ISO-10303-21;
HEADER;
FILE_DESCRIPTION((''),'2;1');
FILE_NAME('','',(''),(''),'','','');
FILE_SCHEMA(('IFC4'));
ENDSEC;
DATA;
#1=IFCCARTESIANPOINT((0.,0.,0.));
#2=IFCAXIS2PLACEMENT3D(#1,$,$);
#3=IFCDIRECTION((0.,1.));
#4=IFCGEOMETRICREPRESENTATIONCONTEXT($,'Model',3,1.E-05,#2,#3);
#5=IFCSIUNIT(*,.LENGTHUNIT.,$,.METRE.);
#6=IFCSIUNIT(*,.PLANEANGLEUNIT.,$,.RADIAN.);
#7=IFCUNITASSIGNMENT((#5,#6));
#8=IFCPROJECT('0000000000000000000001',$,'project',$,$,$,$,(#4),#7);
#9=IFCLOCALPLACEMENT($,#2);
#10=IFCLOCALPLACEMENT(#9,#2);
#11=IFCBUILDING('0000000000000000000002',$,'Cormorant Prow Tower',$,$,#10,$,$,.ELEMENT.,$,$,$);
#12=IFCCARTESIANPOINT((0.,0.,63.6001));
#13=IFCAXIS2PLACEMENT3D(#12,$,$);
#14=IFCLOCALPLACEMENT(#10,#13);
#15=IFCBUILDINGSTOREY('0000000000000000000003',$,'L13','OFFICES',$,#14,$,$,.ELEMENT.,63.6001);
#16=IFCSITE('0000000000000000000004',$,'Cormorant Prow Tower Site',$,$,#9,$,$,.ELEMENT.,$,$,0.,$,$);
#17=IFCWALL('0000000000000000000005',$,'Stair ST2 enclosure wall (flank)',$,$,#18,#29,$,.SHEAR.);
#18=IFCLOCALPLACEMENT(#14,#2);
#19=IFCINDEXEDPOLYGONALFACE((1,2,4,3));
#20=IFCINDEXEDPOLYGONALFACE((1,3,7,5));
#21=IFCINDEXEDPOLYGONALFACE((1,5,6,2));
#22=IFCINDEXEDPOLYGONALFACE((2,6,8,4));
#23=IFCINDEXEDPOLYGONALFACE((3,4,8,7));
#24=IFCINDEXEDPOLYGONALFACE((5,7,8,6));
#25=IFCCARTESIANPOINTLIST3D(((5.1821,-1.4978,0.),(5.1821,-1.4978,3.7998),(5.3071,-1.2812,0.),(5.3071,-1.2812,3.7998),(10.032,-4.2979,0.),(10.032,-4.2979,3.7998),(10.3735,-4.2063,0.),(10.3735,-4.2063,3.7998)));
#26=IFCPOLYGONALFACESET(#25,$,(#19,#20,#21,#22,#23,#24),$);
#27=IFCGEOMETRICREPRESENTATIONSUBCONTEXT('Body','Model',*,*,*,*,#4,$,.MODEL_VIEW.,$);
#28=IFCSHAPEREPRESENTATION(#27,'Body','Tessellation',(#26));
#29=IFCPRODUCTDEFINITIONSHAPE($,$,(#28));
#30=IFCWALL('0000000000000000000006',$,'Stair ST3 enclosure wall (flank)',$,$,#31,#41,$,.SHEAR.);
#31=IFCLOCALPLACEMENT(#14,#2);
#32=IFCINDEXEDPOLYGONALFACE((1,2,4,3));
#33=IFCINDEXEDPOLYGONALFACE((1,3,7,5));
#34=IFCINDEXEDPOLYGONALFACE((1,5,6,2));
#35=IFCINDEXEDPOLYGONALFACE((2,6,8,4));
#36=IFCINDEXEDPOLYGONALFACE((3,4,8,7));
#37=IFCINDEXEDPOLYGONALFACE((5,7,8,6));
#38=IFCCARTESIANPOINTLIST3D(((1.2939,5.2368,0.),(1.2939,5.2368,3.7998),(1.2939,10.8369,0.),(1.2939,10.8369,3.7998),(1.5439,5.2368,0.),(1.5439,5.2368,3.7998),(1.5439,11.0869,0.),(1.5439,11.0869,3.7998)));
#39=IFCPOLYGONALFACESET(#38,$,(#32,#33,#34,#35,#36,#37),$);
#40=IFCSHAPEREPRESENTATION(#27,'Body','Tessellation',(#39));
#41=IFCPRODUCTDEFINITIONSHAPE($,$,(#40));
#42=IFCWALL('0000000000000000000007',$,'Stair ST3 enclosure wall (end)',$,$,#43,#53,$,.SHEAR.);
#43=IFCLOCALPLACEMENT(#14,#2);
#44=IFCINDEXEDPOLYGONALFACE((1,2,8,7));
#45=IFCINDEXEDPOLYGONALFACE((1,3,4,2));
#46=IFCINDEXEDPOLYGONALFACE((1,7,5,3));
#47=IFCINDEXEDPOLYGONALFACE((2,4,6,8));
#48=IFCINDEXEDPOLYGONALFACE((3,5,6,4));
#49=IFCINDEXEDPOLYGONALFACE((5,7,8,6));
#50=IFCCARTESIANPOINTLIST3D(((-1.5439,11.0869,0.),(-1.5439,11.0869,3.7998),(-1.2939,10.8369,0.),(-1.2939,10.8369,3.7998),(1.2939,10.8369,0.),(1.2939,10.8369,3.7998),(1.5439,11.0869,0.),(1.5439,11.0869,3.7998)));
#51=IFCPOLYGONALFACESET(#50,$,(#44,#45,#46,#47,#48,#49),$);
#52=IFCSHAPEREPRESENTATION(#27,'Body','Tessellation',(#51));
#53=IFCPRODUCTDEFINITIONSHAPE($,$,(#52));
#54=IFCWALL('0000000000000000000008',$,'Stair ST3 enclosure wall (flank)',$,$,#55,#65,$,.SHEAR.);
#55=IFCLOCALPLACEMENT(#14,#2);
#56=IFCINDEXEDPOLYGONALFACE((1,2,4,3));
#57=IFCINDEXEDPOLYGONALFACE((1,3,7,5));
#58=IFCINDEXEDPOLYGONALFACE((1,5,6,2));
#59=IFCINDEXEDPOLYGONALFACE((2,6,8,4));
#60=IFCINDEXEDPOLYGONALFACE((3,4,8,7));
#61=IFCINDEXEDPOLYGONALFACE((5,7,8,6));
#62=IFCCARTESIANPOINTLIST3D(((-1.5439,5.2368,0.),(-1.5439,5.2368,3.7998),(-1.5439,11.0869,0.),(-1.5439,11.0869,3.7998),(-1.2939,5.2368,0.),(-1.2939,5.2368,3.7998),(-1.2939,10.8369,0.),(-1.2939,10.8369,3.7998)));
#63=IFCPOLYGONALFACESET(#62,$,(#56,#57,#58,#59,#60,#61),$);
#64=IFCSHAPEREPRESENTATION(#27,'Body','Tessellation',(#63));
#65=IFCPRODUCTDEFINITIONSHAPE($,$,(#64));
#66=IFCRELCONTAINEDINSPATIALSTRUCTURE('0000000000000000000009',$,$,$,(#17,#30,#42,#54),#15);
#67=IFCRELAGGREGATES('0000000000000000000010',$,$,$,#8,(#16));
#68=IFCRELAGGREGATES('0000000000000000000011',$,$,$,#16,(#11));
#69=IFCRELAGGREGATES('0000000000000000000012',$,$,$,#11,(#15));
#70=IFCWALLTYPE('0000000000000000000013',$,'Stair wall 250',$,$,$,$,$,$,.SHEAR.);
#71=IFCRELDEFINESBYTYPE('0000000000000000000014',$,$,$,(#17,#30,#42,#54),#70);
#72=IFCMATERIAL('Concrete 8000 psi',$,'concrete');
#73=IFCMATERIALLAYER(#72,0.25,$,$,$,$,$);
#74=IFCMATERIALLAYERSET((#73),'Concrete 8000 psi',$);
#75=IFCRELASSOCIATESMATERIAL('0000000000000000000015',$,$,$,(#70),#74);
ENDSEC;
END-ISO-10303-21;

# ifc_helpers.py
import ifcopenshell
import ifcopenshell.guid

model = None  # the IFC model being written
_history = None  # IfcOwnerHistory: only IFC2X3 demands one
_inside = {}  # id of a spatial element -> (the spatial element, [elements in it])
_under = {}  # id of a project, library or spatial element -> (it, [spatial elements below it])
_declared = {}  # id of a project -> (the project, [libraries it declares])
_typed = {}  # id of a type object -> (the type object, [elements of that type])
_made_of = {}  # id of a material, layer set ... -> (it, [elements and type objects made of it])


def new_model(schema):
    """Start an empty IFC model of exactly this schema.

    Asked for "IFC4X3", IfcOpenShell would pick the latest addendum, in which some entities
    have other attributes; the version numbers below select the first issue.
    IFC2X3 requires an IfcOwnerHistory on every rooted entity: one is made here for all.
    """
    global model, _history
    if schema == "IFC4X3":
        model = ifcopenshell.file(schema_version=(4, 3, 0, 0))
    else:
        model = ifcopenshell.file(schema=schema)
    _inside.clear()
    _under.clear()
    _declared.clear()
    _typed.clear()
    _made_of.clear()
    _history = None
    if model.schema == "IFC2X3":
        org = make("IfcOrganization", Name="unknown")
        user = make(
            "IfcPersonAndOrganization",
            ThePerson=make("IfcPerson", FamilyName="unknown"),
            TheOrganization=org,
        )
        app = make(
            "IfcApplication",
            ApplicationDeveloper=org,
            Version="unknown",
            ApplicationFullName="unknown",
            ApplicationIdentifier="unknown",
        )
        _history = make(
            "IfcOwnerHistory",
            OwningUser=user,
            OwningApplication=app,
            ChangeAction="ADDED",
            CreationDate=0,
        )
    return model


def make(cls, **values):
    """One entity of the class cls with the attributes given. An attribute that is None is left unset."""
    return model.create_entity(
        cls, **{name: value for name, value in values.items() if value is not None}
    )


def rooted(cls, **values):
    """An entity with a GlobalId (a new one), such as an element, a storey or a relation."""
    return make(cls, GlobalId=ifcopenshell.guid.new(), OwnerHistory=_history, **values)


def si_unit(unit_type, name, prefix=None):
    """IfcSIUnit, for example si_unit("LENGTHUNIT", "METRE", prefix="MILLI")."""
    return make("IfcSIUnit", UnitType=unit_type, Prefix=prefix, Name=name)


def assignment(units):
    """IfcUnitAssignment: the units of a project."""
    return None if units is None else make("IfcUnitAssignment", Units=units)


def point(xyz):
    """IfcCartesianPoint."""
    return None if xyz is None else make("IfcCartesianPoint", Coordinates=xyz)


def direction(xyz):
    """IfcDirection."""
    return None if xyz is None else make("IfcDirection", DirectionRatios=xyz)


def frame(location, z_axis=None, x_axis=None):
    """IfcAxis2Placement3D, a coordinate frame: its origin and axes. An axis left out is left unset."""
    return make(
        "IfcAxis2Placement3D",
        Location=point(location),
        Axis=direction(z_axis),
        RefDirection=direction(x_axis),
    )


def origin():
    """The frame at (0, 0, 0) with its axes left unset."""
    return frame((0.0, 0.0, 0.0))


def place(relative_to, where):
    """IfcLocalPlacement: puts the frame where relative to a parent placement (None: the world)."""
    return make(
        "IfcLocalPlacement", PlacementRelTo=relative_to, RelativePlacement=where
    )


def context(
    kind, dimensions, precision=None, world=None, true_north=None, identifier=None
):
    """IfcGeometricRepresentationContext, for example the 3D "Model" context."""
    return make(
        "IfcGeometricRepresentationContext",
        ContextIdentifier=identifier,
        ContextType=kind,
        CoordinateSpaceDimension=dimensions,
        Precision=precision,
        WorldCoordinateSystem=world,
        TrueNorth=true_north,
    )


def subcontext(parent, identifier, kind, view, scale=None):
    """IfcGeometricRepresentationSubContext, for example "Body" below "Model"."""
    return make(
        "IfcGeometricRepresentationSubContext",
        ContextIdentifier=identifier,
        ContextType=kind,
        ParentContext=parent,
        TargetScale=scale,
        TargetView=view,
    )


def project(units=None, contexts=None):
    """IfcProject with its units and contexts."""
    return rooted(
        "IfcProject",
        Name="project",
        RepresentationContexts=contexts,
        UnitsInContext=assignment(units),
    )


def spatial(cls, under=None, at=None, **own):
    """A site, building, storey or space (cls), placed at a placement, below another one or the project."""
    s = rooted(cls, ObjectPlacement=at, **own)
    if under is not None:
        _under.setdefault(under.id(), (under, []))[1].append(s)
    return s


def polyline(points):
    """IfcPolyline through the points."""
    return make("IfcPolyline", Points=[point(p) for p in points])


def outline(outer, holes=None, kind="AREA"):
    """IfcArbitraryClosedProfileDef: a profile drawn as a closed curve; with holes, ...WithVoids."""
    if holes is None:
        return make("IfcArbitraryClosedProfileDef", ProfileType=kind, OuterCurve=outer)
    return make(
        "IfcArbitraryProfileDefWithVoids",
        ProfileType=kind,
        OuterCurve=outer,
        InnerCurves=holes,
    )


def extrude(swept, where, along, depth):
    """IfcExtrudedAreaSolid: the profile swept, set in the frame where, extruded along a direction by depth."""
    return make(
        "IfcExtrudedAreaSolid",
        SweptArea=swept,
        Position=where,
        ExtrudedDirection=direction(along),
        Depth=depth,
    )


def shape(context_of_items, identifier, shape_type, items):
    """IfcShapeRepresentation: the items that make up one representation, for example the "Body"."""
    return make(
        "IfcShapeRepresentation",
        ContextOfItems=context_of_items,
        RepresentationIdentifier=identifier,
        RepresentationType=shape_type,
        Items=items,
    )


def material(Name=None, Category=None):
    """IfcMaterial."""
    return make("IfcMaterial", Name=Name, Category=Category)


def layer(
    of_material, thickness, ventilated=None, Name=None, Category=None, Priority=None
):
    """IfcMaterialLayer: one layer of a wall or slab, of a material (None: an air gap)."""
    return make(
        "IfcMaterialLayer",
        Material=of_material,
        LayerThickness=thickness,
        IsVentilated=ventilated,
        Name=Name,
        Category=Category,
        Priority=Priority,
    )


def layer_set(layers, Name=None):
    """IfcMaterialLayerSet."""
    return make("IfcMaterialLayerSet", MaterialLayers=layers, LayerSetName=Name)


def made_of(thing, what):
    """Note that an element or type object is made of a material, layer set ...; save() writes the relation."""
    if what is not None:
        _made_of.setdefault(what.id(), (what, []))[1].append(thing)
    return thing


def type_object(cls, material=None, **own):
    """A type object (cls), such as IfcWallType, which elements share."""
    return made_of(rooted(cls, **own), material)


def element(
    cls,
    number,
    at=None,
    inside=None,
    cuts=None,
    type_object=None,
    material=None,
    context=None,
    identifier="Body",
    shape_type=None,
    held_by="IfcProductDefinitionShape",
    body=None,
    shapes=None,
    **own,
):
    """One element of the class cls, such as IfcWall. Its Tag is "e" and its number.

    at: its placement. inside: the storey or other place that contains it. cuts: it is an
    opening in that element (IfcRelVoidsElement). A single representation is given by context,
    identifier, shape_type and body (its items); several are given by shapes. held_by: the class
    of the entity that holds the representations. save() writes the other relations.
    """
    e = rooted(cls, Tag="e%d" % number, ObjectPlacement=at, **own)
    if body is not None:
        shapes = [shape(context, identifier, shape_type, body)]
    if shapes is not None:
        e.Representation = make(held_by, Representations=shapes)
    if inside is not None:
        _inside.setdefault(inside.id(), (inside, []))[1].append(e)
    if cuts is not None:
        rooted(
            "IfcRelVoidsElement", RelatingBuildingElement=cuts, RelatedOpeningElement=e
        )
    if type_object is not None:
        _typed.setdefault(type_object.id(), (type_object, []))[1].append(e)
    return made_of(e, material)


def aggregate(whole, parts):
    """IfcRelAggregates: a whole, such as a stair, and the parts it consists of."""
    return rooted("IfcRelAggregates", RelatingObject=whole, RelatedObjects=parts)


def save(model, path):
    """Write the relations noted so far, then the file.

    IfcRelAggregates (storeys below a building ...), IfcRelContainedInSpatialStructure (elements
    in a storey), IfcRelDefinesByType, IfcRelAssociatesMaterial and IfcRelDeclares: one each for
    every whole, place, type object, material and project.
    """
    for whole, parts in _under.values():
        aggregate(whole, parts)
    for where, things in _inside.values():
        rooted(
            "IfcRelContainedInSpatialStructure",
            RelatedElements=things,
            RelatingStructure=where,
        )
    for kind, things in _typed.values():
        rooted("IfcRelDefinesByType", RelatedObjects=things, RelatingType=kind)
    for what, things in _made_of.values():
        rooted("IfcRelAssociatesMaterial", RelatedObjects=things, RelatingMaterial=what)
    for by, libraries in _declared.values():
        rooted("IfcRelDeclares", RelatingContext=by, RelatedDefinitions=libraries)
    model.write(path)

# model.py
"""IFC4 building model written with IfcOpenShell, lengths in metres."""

from ifc_helpers import new_model, si_unit, direction, frame, origin, place, context, subcontext, project, spatial, polyline, outline, extrude, material, layer, layer_set, type_object, element, save


model = new_model("IFC4")

# Units and contexts
model_context = context("Model", 3, precision=1e-05, world=origin(), true_north=direction((0.0, 1.0)))
body_context = subcontext(model_context, "Body", "Model", "MODEL_VIEW")
ifc_project = project(units=[si_unit("LENGTHUNIT", "METRE"), si_unit("PLANEANGLEUNIT", "RADIAN")], contexts=[model_context])

# Site, building, storey
site_placement = place(None, origin())
site = spatial("IfcSite", under=ifc_project, at=site_placement, Name="Cormorant Prow Tower Site", CompositionType="ELEMENT", RefElevation=0.0)
building_placement = place(site_placement, origin())
building = spatial("IfcBuilding", under=site, at=building_placement, Name="Cormorant Prow Tower", CompositionType="ELEMENT")
storey_placement = place(building_placement, frame((0.0, 0.0, 63.6001)))
storey = spatial("IfcBuildingStorey", under=building, at=storey_placement, Name="L13", Description="OFFICES", CompositionType="ELEMENT", Elevation=63.6001)

# Walls
ifc_material_1 = material(Name="Concrete 8000 psi", Category="concrete")
ifc_layer_1 = layer(ifc_material_1, 0.25)
ifc_layer_set_1 = layer_set([ifc_layer_1], Name="Concrete 8000 psi")
wall_type_1 = type_object("IfcWallType", Name="Stair wall 250", PredefinedType="SHEAR", material=ifc_layer_set_1)
wall_1_placement = place(storey_placement, origin())
element("IfcWall", 1, at=wall_1_placement, inside=storey, type_object=wall_type_1, Name="Stair ST2 enclosure wall (flank)", PredefinedType="SHEAR", context=body_context, shape_type="SweptSolid", body=[
    extrude(outline(polyline([(10.032, -4.2979), (10.3735, -4.2063), (5.3071, -1.2812), (5.1821, -1.4978), (10.032, -4.2979)])), origin(), (0.0, 0.0, 1.0), 3.7998),
])
wall_2_placement = place(storey_placement, origin())
element("IfcWall", 2, at=wall_2_placement, inside=storey, type_object=wall_type_1, Name="Stair ST3 enclosure wall (flank)", PredefinedType="SHEAR", context=body_context, shape_type="SweptSolid", body=[
    extrude(outline(polyline([(1.5439, 5.2368), (1.5439, 11.0869), (1.2939, 10.8369), (1.2939, 5.2368), (1.5439, 5.2368)])), origin(), (0.0, 0.0, 1.0), 3.7998),
])
wall_3_placement = place(storey_placement, origin())
element("IfcWall", 3, at=wall_3_placement, inside=storey, type_object=wall_type_1, Name="Stair ST3 enclosure wall (end)", PredefinedType="SHEAR", context=body_context, shape_type="SweptSolid", body=[
    extrude(outline(polyline([(1.5439, 11.0869), (-1.5439, 11.0869), (-1.2939, 10.8369), (1.2939, 10.8369), (1.5439, 11.0869)])), origin(), (0.0, 0.0, 1.0), 3.7998),
])
wall_4_placement = place(storey_placement, origin())
element("IfcWall", 4, at=wall_4_placement, inside=storey, type_object=wall_type_1, Name="Stair ST3 enclosure wall (flank)", PredefinedType="SHEAR", context=body_context, shape_type="SweptSolid", body=[
    extrude(outline(polyline([(-1.2939, 10.8369), (-1.5439, 11.0869), (-1.5439, 5.2368), (-1.2939, 5.2368), (-1.2939, 10.8369)])), origin(), (0.0, 0.0, 1.0), 3.7998),
])

save(model, "model.ifc")
